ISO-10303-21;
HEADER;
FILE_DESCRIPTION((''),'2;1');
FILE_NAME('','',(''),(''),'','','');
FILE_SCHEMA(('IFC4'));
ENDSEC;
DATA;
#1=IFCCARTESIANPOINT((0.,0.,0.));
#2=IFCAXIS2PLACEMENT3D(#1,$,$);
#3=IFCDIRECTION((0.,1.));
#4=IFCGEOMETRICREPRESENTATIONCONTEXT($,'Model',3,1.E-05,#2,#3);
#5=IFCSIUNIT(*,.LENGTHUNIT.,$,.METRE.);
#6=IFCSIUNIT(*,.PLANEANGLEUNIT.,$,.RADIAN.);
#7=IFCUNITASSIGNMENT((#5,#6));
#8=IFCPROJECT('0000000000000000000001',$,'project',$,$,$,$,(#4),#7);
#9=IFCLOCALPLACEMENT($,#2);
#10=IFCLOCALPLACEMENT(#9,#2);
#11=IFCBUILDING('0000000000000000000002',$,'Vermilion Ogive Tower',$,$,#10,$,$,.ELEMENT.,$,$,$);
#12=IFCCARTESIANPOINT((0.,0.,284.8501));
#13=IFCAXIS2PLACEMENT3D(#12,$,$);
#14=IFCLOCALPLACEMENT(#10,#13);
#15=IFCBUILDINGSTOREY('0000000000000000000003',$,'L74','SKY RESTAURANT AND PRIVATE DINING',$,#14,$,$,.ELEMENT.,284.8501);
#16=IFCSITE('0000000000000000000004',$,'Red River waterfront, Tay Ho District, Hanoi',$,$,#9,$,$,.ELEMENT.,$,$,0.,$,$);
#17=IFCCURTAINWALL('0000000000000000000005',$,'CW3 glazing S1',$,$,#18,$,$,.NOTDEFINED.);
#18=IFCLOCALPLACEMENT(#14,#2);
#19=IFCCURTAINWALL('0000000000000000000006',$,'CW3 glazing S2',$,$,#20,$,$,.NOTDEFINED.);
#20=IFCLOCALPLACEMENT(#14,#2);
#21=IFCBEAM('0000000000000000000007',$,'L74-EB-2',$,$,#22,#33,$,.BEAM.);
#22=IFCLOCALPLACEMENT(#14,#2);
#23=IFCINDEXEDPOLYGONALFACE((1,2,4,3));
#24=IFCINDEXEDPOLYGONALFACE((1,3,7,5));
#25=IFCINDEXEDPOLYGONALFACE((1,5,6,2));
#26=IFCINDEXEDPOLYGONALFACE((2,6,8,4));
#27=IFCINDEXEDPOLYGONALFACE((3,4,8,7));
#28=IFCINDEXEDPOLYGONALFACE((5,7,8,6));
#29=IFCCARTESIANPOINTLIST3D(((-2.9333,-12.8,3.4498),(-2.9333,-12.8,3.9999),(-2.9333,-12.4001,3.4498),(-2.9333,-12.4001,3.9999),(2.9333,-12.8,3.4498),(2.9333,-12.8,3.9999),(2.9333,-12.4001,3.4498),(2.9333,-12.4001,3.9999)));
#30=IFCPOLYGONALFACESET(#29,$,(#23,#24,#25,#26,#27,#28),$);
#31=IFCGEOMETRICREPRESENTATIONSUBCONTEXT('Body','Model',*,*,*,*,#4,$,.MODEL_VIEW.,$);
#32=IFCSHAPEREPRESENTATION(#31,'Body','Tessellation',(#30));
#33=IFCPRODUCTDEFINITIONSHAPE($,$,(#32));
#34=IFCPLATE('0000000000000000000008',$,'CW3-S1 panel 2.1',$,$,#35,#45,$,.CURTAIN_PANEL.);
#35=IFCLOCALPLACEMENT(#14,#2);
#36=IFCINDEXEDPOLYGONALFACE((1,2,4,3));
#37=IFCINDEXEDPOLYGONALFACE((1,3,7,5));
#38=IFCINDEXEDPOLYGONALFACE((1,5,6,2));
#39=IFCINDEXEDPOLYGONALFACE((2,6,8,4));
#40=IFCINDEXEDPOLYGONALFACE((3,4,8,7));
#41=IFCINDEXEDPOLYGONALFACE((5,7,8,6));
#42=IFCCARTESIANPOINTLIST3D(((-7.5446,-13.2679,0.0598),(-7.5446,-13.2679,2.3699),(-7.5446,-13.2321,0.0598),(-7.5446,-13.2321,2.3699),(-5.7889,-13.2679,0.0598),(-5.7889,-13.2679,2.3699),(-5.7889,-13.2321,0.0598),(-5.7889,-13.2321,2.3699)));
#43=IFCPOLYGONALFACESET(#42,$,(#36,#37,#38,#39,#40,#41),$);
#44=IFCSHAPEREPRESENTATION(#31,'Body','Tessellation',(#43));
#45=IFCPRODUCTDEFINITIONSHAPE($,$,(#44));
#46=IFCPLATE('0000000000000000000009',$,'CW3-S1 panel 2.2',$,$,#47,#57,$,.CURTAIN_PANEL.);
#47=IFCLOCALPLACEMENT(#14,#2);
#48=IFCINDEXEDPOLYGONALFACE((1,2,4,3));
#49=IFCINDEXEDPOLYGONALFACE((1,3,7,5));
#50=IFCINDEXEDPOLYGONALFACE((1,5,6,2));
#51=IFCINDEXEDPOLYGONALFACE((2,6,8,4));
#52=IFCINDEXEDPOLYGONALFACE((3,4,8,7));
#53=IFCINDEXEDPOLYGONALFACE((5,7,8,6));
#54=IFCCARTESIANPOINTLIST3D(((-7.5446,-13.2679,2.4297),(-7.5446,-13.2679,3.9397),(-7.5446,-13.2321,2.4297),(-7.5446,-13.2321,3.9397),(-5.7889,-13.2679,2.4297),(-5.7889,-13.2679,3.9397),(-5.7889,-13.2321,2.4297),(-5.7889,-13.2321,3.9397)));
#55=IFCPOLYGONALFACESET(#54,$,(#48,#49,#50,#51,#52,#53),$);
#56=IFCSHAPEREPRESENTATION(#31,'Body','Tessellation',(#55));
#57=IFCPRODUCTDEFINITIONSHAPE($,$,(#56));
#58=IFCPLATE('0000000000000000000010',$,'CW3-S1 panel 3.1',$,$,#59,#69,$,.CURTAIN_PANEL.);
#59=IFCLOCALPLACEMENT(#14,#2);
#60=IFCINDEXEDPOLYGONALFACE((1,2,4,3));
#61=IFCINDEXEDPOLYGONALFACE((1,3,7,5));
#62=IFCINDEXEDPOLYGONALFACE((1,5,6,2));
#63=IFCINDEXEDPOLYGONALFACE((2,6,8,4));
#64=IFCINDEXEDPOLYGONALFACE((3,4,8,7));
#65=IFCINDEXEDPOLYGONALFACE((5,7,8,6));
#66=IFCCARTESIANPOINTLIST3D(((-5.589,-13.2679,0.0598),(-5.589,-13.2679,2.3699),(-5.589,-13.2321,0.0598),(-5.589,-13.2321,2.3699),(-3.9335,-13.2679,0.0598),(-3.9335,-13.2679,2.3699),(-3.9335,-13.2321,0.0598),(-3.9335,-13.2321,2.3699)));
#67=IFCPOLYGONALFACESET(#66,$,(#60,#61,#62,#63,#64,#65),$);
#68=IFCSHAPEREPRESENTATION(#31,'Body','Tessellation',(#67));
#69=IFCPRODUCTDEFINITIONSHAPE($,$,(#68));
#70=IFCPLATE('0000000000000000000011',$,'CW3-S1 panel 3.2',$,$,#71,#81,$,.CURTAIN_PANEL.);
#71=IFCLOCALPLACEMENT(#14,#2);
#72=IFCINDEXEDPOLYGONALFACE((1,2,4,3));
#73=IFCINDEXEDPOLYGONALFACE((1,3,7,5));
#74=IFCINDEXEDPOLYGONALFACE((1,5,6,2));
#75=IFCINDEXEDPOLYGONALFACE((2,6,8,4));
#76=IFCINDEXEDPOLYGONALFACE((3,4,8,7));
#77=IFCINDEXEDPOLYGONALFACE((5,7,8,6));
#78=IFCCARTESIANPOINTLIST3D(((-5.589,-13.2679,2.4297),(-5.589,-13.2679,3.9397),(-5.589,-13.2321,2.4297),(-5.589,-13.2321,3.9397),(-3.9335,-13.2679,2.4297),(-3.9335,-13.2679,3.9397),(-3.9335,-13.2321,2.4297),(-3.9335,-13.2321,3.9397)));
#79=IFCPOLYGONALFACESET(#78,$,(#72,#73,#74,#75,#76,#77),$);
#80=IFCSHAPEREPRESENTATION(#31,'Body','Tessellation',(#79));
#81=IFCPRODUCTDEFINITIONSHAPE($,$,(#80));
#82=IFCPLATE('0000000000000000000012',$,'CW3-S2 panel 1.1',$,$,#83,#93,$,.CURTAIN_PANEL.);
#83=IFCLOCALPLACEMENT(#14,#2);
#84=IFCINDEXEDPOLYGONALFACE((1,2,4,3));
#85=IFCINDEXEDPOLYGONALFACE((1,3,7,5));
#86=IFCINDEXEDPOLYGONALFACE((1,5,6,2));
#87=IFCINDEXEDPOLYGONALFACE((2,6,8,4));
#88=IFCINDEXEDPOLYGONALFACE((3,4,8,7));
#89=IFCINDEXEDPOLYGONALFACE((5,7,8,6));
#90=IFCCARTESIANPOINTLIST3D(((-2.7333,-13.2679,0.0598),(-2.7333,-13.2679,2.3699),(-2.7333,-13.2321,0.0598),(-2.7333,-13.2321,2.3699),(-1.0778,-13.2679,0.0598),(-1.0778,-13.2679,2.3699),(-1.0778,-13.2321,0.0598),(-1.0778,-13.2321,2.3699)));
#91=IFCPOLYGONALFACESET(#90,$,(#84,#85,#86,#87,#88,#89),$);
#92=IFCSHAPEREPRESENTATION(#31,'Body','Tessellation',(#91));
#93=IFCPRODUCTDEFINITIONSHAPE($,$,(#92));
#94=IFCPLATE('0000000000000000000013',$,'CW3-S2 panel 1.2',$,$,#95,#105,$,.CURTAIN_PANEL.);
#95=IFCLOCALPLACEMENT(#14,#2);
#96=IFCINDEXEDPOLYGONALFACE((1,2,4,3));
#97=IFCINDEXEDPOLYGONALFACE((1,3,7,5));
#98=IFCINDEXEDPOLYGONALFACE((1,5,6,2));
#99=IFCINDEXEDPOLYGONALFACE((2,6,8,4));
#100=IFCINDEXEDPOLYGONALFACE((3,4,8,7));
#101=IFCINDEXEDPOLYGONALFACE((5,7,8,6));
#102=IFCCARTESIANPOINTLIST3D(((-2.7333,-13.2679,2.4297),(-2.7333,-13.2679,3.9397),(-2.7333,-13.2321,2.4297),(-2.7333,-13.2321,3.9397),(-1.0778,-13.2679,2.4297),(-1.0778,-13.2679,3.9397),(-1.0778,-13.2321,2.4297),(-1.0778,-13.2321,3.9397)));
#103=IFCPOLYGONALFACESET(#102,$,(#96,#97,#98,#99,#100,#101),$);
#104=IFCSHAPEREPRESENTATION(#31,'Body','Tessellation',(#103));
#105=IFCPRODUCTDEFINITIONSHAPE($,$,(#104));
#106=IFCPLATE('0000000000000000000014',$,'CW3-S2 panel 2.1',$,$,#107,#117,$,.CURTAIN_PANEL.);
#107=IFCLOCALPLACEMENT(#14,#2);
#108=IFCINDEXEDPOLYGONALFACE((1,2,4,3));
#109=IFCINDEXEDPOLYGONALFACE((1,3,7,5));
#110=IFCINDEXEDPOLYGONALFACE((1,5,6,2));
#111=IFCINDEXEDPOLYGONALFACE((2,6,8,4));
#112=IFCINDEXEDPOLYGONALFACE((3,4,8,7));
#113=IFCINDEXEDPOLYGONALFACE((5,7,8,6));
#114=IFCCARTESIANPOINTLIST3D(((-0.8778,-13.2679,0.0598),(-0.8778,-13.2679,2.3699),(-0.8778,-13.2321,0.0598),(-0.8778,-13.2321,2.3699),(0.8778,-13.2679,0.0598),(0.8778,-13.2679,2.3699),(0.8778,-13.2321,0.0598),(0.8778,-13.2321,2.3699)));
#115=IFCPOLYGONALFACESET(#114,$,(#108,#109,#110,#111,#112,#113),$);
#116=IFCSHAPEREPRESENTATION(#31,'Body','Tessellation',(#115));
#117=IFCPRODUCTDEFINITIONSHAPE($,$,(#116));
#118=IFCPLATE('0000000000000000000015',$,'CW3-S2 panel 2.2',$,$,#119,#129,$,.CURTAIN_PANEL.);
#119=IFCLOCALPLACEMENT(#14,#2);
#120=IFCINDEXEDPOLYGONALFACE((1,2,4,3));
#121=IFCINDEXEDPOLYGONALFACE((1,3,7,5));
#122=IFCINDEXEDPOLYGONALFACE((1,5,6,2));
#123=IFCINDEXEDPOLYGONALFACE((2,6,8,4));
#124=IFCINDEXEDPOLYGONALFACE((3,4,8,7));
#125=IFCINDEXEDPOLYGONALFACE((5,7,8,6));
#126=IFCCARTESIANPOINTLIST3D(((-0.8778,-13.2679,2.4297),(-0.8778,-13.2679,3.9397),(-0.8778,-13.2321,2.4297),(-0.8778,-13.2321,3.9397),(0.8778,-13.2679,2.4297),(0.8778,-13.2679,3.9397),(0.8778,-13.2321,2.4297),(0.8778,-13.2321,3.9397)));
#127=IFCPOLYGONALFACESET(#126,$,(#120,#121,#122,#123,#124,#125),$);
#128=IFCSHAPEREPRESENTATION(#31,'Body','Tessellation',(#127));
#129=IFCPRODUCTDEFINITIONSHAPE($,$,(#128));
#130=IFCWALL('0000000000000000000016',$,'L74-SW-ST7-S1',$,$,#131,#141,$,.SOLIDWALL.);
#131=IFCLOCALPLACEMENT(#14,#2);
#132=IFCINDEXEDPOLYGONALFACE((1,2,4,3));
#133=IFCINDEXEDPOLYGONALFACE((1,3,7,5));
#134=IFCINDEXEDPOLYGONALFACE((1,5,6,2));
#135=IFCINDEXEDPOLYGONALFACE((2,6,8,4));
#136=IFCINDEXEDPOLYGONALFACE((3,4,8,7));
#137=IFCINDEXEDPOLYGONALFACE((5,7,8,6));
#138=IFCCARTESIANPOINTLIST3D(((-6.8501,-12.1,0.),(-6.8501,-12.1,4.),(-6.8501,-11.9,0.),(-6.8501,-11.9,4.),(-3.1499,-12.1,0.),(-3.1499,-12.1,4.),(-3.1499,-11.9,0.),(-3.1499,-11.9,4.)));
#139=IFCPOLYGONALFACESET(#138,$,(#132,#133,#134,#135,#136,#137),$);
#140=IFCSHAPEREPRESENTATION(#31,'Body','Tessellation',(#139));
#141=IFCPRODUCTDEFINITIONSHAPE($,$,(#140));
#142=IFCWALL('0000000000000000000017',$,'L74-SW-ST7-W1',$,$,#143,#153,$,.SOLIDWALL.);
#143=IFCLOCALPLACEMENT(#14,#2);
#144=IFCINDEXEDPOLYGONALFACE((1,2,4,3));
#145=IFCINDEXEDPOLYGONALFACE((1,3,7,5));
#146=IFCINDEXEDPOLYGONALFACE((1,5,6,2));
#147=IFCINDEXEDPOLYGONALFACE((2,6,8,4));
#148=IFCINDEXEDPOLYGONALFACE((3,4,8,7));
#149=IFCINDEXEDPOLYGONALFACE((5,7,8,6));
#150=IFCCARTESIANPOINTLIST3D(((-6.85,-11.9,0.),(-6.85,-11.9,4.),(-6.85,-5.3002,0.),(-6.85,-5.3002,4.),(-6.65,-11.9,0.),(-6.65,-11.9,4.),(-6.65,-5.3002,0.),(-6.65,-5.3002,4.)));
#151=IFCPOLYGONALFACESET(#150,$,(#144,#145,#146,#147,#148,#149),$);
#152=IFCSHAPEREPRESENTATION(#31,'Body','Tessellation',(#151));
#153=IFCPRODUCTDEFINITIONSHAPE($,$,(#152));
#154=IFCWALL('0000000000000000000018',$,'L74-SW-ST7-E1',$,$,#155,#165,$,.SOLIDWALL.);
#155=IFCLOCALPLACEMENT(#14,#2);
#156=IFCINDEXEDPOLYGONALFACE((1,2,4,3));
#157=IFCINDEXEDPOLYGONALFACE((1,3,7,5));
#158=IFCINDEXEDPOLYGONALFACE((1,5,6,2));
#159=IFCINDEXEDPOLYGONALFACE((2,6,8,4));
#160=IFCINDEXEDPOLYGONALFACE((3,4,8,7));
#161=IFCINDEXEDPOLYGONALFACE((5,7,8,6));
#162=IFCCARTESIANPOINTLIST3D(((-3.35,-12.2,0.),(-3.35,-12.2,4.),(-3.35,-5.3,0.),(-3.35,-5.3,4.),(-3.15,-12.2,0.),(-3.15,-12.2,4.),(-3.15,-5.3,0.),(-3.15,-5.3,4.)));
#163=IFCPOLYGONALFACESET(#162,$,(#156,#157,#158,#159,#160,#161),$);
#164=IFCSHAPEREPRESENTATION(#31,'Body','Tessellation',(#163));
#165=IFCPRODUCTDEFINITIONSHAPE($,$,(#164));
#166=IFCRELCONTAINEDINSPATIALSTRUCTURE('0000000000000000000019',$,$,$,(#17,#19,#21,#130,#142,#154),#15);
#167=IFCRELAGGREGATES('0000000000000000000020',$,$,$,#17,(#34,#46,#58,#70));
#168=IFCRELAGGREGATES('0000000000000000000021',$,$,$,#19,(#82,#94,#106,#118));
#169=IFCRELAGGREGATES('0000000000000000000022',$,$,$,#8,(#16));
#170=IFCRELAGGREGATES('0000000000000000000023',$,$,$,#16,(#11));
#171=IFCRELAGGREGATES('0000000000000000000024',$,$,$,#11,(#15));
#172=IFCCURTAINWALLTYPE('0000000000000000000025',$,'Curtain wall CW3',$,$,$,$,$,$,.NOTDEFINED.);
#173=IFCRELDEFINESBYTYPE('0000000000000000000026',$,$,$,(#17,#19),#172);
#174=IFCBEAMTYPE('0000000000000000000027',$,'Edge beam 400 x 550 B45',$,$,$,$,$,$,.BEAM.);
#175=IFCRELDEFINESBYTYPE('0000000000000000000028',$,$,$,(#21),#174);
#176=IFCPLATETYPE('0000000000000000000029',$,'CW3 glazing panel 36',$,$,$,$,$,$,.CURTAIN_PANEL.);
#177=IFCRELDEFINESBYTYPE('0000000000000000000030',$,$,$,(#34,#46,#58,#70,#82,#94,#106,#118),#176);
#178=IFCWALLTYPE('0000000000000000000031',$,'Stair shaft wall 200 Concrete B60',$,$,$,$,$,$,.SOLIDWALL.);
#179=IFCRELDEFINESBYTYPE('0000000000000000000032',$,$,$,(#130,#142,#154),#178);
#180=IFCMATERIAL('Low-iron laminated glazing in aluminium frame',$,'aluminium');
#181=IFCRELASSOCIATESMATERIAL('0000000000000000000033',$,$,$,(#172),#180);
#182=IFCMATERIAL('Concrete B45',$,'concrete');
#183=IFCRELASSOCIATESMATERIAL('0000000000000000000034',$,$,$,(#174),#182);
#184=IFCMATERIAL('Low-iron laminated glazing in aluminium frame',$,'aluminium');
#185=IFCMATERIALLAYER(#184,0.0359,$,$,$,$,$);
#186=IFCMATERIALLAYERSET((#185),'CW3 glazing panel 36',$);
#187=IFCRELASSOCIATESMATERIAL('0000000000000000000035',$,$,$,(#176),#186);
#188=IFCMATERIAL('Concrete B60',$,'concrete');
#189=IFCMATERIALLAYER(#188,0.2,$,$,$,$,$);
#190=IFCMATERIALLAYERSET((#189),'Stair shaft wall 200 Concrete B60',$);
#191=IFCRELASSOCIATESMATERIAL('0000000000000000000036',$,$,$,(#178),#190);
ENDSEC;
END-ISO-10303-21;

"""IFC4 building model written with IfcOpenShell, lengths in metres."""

from ifc_helpers import new_model, si_unit, direction, frame, frame_2d, origin, origin_2d, place, context, subcontext, project, spatial, rectangle, extrude, material, layer, layer_set, material_profile, profile_set, type_object, element, aggregate, save


model = new_model("IFC4")

# Units and contexts
model_context = context("Model", 3, precision=1e-05, world=origin(), true_north=direction((0.0, 1.0)))
body_context = subcontext(model_context, "Body", "Model", "MODEL_VIEW")
ifc_project = project(units=[si_unit("LENGTHUNIT", "METRE"), si_unit("PLANEANGLEUNIT", "RADIAN")], contexts=[model_context])

# Site, building, storey
site_placement = place(None, origin())
site = spatial("IfcSite", under=ifc_project, at=site_placement, Name="Red River waterfront, Tay Ho District, Hanoi", CompositionType="ELEMENT", RefElevation=0.0)
building_placement = place(site_placement, origin())
building = spatial("IfcBuilding", under=site, at=building_placement, Name="Vermilion Ogive Tower", CompositionType="ELEMENT")
storey_placement = place(building_placement, frame((0.0, 0.0, 284.8501)))
storey = spatial("IfcBuildingStorey", under=building, at=storey_placement, Name="L74", Description="SKY RESTAURANT AND PRIVATE DINING", CompositionType="ELEMENT", Elevation=284.8501)

# Curtain walls
ifc_material_1 = material(Name="Low-iron laminated glazing in aluminium frame", Category="aluminium")
curtain_wall_type = type_object("IfcCurtainWallType", Name="Curtain wall CW3", PredefinedType="NOTDEFINED", material=ifc_material_1)
curtain_wall_1_placement = place(storey_placement, origin())
curtain_wall_1 = element("IfcCurtainWall", 1, at=curtain_wall_1_placement, inside=storey, type_object=curtain_wall_type, Name="CW3 glazing S1", PredefinedType="NOTDEFINED")
curtain_wall_2_placement = place(storey_placement, origin())
curtain_wall_2 = element("IfcCurtainWall", 2, at=curtain_wall_2_placement, inside=storey, type_object=curtain_wall_type, Name="CW3 glazing S2", PredefinedType="NOTDEFINED")

# Beam
ifc_material_2 = material(Name="Concrete B45", Category="concrete")
ifc_material_profile_1 = material_profile(ifc_material_2, rectangle(XDim=0.3999, YDim=0.55, at=origin_2d()), Name="400 x 550")
ifc_profile_set_1 = profile_set([ifc_material_profile_1], Name="Concrete B45")
beam_type = type_object("IfcBeamType", Name="Edge beam 400 x 550 B45", PredefinedType="BEAM", material=ifc_profile_set_1)
beam_placement = place(storey_placement, frame((-2.9333, -12.6001, 3.7249), z_axis=(1.0, 0.0, 0.0), x_axis=(0.0, 1.0, 0.0)))
element("IfcBeam", 3, at=beam_placement, inside=storey, type_object=beam_type, Name="L74-EB-2", PredefinedType="BEAM", context=body_context, shape_type="SweptSolid", body=[
    extrude(rectangle(XDim=0.3999, YDim=0.55, at=origin_2d()), origin(), (0.0, 0.0, 1.0), 5.8667),
])

# Plates
ifc_material_3 = material(Name="Low-iron laminated glazing in aluminium frame", Category="aluminium")
ifc_layer_1 = layer(ifc_material_3, 0.0359)
ifc_layer_set_1 = layer_set([ifc_layer_1], Name="CW3 glazing panel 36")
plate_type = type_object("IfcPlateType", Name="CW3 glazing panel 36", PredefinedType="CURTAIN_PANEL", material=ifc_layer_set_1)
plate_1_placement = place(storey_placement, frame((-6.6667, -13.25, 0.0598), z_axis=(0.0, 0.0, 1.0), x_axis=(1.0, 0.0, 0.0)))
plate_1 = element("IfcPlate", 4, at=plate_1_placement, type_object=plate_type, Name="CW3-S1 panel 2.1", PredefinedType="CURTAIN_PANEL", context=body_context, shape_type="SweptSolid", body=[
    extrude(rectangle(XDim=1.7556, YDim=0.0359, at=origin_2d()), origin(), (0.0, 0.0, 1.0), 2.3101),
])
plate_2_placement = place(storey_placement, frame((-6.6667, -13.25, 2.4297), z_axis=(0.0, 0.0, 1.0), x_axis=(1.0, 0.0, 0.0)))
plate_2 = element("IfcPlate", 5, at=plate_2_placement, type_object=plate_type, Name="CW3-S1 panel 2.2", PredefinedType="CURTAIN_PANEL", context=body_context, shape_type="SweptSolid", body=[
    extrude(rectangle(XDim=1.7556, YDim=0.0359, at=origin_2d()), origin(), (0.0, 0.0, 1.0), 1.51),
])
plate_3_placement = place(storey_placement, frame((-4.7612, -13.25, 0.0598), z_axis=(0.0, 0.0, 1.0), x_axis=(1.0, 0.0, 0.0)))
plate_3 = element("IfcPlate", 6, at=plate_3_placement, type_object=plate_type, Name="CW3-S1 panel 3.1", PredefinedType="CURTAIN_PANEL", context=body_context, shape_type="SweptSolid", body=[
    extrude(rectangle(XDim=1.6555, YDim=0.0359, at=origin_2d()), origin(), (0.0, 0.0, 1.0), 2.3101),
])
plate_4_placement = place(storey_placement, frame((-4.7612, -13.25, 2.4297), z_axis=(0.0, 0.0, 1.0), x_axis=(1.0, 0.0, 0.0)))
plate_4 = element("IfcPlate", 7, at=plate_4_placement, type_object=plate_type, Name="CW3-S1 panel 3.2", PredefinedType="CURTAIN_PANEL", context=body_context, shape_type="SweptSolid", body=[
    extrude(rectangle(XDim=1.6555, YDim=0.0359, at=origin_2d()), origin(), (0.0, 0.0, 1.0), 1.51),
])
aggregate(curtain_wall_1, [plate_1, plate_2, plate_3, plate_4])
plate_5_placement = place(storey_placement, frame((-1.9055, -13.25, 0.0598), z_axis=(0.0, 0.0, 1.0), x_axis=(1.0, 0.0, 0.0)))
plate_5 = element("IfcPlate", 8, at=plate_5_placement, type_object=plate_type, Name="CW3-S2 panel 1.1", PredefinedType="CURTAIN_PANEL", context=body_context, shape_type="SweptSolid", body=[
    extrude(rectangle(XDim=1.6555, YDim=0.0359, at=origin_2d()), origin(), (0.0, 0.0, 1.0), 2.3101),
])
plate_6_placement = place(storey_placement, frame((-1.9055, -13.25, 2.4297), z_axis=(0.0, 0.0, 1.0), x_axis=(1.0, 0.0, 0.0)))
plate_6 = element("IfcPlate", 9, at=plate_6_placement, type_object=plate_type, Name="CW3-S2 panel 1.2", PredefinedType="CURTAIN_PANEL", context=body_context, shape_type="SweptSolid", body=[
    extrude(rectangle(XDim=1.6555, YDim=0.0359, at=origin_2d()), origin(), (0.0, 0.0, 1.0), 1.51),
])
plate_7_placement = place(storey_placement, frame((0.0, -13.25, 0.0598), z_axis=(0.0, 0.0, 1.0), x_axis=(1.0, 0.0, 0.0)))
plate_7 = element("IfcPlate", 10, at=plate_7_placement, type_object=plate_type, Name="CW3-S2 panel 2.1", PredefinedType="CURTAIN_PANEL", context=body_context, shape_type="SweptSolid", body=[
    extrude(rectangle(XDim=1.7556, YDim=0.0359, at=origin_2d()), origin(), (0.0, 0.0, 1.0), 2.3101),
])
plate_8_placement = place(storey_placement, frame((0.0, -13.25, 2.4297), z_axis=(0.0, 0.0, 1.0), x_axis=(1.0, 0.0, 0.0)))
plate_8 = element("IfcPlate", 11, at=plate_8_placement, type_object=plate_type, Name="CW3-S2 panel 2.2", PredefinedType="CURTAIN_PANEL", context=body_context, shape_type="SweptSolid", body=[
    extrude(rectangle(XDim=1.7556, YDim=0.0359, at=origin_2d()), origin(), (0.0, 0.0, 1.0), 1.51),
])
aggregate(curtain_wall_2, [plate_5, plate_6, plate_7, plate_8])

# Walls
ifc_material_4 = material(Name="Concrete B60", Category="concrete")
ifc_layer_2 = layer(ifc_material_4, 0.2)
ifc_layer_set_2 = layer_set([ifc_layer_2], Name="Stair shaft wall 200 Concrete B60")
wall_type = type_object("IfcWallType", Name="Stair shaft wall 200 Concrete B60", PredefinedType="SOLIDWALL", material=ifc_layer_set_2)
wall_1_placement = place(storey_placement, frame((-6.8501, -12.0, 0.0), z_axis=(0.0, 0.0, 1.0), x_axis=(1.0, 0.0, 0.0)))
element("IfcWall", 12, at=wall_1_placement, inside=storey, type_object=wall_type, Name="L74-SW-ST7-S1", PredefinedType="SOLIDWALL", context=body_context, shape_type="SweptSolid", body=[
    extrude(rectangle(XDim=3.7002, YDim=0.2, at=frame_2d((1.8501, 0.0))), origin(), (0.0, 0.0, 1.0), 4.0),
])
wall_2_placement = place(storey_placement, frame((-6.75, -11.8999, 0.0), z_axis=(0.0, 0.0, 1.0), x_axis=(0.0, 1.0, 0.0)))
element("IfcWall", 13, at=wall_2_placement, inside=storey, type_object=wall_type, Name="L74-SW-ST7-W1", PredefinedType="SOLIDWALL", context=body_context, shape_type="SweptSolid", body=[
    extrude(rectangle(XDim=6.5999, YDim=0.2, at=frame_2d((3.2998, 0.0))), origin(), (0.0, 0.0, 1.0), 4.0),
])
wall_3_placement = place(storey_placement, frame((-3.25, -12.2, 0.0), z_axis=(0.0, 0.0, 1.0), x_axis=(0.0, 1.0, 0.0)))
element("IfcWall", 14, at=wall_3_placement, inside=storey, type_object=wall_type, Name="L74-SW-ST7-E1", PredefinedType="SOLIDWALL", context=body_context, shape_type="SweptSolid", body=[
    extrude(rectangle(XDim=6.8999, YDim=0.2, at=frame_2d((3.45, 0.0))), origin(), (0.0, 0.0, 1.0), 4.0),
])

save(model, "model.ifc")
